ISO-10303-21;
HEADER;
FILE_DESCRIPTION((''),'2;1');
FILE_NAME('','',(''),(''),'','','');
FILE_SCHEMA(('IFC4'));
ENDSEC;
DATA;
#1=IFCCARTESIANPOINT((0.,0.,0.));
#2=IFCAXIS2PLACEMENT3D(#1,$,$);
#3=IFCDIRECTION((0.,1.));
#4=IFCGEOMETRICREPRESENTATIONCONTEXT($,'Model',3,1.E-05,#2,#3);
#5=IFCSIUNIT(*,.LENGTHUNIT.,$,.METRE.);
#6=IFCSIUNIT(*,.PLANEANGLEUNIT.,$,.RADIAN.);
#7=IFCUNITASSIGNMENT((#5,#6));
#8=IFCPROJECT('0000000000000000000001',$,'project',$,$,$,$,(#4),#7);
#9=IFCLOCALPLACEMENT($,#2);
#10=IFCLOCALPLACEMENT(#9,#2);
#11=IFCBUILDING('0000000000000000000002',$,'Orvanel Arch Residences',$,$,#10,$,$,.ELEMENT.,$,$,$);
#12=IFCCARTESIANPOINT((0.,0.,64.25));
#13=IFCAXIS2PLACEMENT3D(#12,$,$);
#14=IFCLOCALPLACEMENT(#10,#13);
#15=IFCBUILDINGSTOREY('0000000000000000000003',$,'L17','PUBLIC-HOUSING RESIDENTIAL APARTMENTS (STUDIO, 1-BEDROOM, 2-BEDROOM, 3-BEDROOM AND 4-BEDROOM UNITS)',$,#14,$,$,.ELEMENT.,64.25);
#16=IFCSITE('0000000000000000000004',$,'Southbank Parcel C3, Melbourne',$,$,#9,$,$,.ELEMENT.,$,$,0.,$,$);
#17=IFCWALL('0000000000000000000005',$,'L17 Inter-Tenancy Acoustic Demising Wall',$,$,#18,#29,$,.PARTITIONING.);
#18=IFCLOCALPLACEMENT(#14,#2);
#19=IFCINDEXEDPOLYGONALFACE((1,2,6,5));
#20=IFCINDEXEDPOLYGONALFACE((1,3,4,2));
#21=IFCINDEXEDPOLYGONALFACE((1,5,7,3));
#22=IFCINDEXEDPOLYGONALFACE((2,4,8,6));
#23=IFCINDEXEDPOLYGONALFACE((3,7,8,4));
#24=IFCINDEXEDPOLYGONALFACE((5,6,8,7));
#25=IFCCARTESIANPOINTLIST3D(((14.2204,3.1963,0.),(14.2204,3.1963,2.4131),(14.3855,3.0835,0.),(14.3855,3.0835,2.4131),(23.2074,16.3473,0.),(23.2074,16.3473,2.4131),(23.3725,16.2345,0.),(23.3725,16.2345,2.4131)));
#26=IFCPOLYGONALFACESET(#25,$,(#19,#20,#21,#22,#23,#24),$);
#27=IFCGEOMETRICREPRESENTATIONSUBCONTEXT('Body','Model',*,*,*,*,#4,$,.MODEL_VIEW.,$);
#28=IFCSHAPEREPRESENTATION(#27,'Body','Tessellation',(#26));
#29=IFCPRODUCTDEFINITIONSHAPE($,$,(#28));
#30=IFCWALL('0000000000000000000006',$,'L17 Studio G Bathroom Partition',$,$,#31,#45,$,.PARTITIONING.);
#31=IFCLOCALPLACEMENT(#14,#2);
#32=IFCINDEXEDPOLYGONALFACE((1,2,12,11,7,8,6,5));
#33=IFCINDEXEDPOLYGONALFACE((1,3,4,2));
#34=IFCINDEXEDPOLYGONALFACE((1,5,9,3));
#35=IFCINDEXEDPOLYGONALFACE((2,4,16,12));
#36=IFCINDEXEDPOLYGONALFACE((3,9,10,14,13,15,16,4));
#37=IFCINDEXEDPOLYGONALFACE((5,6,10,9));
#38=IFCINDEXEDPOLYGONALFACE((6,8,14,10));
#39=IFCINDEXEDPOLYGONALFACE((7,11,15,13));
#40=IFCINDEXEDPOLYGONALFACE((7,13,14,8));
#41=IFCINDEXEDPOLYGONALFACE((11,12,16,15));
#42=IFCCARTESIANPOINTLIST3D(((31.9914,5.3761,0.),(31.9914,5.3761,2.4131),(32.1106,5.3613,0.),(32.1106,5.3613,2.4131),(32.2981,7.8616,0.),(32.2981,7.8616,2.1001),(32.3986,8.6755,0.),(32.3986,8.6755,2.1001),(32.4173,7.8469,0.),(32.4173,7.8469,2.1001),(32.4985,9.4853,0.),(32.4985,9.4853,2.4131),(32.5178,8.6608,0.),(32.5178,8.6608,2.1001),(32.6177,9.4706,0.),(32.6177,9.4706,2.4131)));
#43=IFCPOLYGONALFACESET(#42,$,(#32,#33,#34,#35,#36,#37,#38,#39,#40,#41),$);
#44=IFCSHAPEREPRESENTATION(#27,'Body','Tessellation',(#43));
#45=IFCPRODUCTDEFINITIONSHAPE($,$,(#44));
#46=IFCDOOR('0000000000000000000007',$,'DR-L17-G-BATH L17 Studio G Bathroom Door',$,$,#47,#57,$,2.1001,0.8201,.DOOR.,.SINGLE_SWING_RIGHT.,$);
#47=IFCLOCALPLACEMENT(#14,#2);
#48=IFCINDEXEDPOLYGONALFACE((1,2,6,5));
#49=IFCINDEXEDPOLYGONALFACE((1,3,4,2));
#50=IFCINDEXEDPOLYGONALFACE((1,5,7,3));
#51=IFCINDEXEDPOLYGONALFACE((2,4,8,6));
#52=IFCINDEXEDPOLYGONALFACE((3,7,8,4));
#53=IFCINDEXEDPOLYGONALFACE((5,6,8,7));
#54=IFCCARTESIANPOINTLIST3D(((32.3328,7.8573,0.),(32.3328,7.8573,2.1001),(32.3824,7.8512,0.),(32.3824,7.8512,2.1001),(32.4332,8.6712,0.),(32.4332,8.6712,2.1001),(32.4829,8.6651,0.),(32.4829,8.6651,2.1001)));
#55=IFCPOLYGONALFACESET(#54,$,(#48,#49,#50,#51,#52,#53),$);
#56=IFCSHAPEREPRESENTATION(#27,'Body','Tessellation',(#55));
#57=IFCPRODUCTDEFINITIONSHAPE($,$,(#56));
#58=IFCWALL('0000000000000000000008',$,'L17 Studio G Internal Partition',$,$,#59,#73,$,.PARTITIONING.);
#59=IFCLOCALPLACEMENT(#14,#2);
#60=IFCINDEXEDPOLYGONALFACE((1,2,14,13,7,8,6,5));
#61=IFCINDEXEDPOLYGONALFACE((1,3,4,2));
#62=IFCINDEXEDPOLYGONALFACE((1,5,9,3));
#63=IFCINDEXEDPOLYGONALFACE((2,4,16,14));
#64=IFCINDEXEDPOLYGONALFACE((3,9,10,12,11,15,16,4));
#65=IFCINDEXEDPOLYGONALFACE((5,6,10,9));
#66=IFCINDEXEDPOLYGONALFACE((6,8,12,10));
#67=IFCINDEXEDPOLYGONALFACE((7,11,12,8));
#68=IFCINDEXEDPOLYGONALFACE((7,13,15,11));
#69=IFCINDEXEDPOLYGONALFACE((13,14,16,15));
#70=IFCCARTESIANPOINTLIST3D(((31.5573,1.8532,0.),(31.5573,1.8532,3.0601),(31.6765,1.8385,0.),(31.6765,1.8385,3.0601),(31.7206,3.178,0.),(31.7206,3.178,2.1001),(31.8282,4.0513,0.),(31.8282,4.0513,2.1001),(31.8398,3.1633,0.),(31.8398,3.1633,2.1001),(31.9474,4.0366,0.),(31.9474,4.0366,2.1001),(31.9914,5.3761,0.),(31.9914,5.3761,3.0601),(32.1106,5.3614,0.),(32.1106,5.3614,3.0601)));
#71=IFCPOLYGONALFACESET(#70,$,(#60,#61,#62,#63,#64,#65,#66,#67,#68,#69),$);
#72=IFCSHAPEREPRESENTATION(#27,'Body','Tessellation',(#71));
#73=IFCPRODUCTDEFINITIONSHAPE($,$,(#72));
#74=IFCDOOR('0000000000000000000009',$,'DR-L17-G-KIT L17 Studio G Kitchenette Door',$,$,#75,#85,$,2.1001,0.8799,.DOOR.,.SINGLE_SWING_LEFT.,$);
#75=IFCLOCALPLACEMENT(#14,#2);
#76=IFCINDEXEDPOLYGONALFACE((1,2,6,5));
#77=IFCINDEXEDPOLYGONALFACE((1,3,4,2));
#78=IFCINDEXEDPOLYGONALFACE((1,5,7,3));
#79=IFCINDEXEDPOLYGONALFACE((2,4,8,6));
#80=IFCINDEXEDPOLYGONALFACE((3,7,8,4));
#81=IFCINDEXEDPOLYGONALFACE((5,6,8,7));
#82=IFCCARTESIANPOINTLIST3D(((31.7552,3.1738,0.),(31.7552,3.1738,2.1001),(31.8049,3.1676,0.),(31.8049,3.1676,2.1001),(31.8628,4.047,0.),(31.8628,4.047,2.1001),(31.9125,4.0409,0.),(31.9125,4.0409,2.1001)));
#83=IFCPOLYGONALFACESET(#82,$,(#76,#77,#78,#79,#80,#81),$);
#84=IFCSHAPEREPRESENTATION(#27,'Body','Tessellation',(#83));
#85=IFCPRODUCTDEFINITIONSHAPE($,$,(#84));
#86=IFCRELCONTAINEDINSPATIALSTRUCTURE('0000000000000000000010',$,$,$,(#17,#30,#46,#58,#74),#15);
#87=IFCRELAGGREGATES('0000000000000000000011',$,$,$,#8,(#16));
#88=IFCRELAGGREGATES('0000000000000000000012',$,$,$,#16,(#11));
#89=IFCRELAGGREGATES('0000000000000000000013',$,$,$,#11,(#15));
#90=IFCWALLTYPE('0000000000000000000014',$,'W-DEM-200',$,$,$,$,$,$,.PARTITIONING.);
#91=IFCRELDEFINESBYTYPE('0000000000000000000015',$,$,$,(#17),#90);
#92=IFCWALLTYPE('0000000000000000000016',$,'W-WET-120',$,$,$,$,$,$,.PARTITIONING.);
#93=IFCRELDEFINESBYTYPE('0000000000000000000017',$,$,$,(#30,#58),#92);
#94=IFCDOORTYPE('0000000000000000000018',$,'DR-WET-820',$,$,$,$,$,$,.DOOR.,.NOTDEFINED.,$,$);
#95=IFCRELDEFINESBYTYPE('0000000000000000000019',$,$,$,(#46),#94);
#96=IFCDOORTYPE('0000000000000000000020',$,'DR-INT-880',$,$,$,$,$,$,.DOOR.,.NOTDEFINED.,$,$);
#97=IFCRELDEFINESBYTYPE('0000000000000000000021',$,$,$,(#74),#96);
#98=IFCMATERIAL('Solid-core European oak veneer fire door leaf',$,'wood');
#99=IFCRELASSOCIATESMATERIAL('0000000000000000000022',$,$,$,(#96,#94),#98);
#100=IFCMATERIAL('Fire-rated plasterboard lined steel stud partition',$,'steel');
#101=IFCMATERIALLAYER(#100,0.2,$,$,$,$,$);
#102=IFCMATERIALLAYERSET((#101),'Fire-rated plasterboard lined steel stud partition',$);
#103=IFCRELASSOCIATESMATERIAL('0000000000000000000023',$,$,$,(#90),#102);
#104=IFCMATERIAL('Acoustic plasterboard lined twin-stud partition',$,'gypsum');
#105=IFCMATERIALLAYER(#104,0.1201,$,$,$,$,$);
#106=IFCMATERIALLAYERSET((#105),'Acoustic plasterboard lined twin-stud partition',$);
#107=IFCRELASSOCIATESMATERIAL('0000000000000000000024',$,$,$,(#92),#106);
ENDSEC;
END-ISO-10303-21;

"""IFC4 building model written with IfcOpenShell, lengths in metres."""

from ifc_helpers import new_model, si_unit, direction, frame, frame_2d, origin, place, context, subcontext, project, spatial, rectangle, extrude, material, layer, layer_set, type_object, element, fill, save


model = new_model("IFC4")

# Units and contexts
model_context = context("Model", 3, precision=1e-05, world=origin(), true_north=direction((0.0, 1.0)))
body_context = subcontext(model_context, "Body", "Model", "MODEL_VIEW")
ifc_project = project(units=[si_unit("LENGTHUNIT", "METRE"), si_unit("PLANEANGLEUNIT", "RADIAN")], contexts=[model_context])

# Site, building, storey
site_placement = place(None, origin())
site = spatial("IfcSite", under=ifc_project, at=site_placement, Name="Southbank Parcel C3, Melbourne", CompositionType="ELEMENT", RefElevation=0.0)
building_placement = place(site_placement, origin())
building = spatial("IfcBuilding", under=site, at=building_placement, Name="Orvanel Arch Residences", CompositionType="ELEMENT")
storey_placement = place(building_placement, frame((0.0, 0.0, 64.25)))
storey = spatial("IfcBuildingStorey", under=building, at=storey_placement, Name="L17", Description="PUBLIC-HOUSING RESIDENTIAL APARTMENTS (STUDIO, 1-BEDROOM, 2-BEDROOM, 3-BEDROOM AND 4-BEDROOM UNITS)", CompositionType="ELEMENT", Elevation=64.25)

# Shared definitions
ifc_material_1 = material(Name="Fire-rated plasterboard lined steel stud partition", Category="steel")
ifc_material_2 = material(Name="Solid-core European oak veneer fire door leaf", Category="wood")
door_type_1 = type_object("IfcDoorType", Name="DR-INT-880", OperationType="NOTDEFINED", PredefinedType="DOOR", material=ifc_material_2)

# Wall
ifc_layer_1 = layer(ifc_material_1, 0.2)
ifc_layer_set_1 = layer_set([ifc_layer_1], Name="Fire-rated plasterboard lined steel stud partition")
wall_type_1 = type_object("IfcWallType", Name="W-DEM-200", PredefinedType="PARTITIONING", material=ifc_layer_set_1)
wall_1_placement = place(storey_placement, frame((23.29, 16.291, 0.0), z_axis=(0.0, 0.0, 1.0), x_axis=(-0.56421, -0.825631, 0.0)))
element("IfcWall", 1, at=wall_1_placement, inside=storey, type_object=wall_type_1, Name="L17 Inter-Tenancy Acoustic Demising Wall", PredefinedType="PARTITIONING", context=body_context, shape_type="SweptSolid", body=[
    extrude(rectangle(XDim=15.9285, YDim=0.2, at=frame_2d((7.9644, 0.0))), origin(), (0.0, 0.0, 1.0), 2.4131),
])

# Walls, openings, doors
ifc_material_3 = material(Name="Acoustic plasterboard lined twin-stud partition", Category="gypsum")
ifc_layer_2 = layer(ifc_material_3, 0.1201)
ifc_layer_set_2 = layer_set([ifc_layer_2], Name="Acoustic plasterboard lined twin-stud partition")
wall_type_2 = type_object("IfcWallType", Name="W-WET-120", PredefinedType="PARTITIONING", material=ifc_layer_set_2)
wall_2_placement = place(storey_placement, frame((32.5581, 9.478, 0.0), z_axis=(0.0, 0.0, 1.0), x_axis=(-0.122474, -0.992472, 0.0)))
wall_2 = element("IfcWall", 2, at=wall_2_placement, inside=storey, type_object=wall_type_2, Name="L17 Studio G Bathroom Partition", PredefinedType="PARTITIONING", context=body_context, shape_type="SweptSolid", body=[
    extrude(rectangle(XDim=4.1404, YDim=0.1201, at=frame_2d((2.0703, 0.0))), origin(), (0.0, 0.0, 1.0), 2.4131),
])
opening_1_placement = place(wall_2_placement, frame((0.8159, 0.0, 0.0)))
opening_1 = element("IfcOpeningElement", 3, at=opening_1_placement, cuts=wall_2, PredefinedType="OPENING", context=body_context, shape_type="SweptSolid", body=[
    extrude(rectangle(XDim=0.8201, YDim=2.1001, at=frame_2d((0.4102, 1.05))), frame((0.0, 0.0701, 0.0), z_axis=(0.0, -1.0, 0.0), x_axis=(1.0, 0.0, 0.0)), (0.0, 0.0, 1.0), 0.1401),
])
door_type_2 = type_object("IfcDoorType", Name="DR-WET-820", OperationType="NOTDEFINED", PredefinedType="DOOR", material=ifc_material_2)
door_1_placement = place(opening_1_placement, origin())
door_1 = element("IfcDoor", 4, at=door_1_placement, inside=storey, type_object=door_type_2, Name="DR-L17-G-BATH L17 Studio G Bathroom Door", OperationType="SINGLE_SWING_RIGHT", OverallHeight=2.1001, OverallWidth=0.8201, PredefinedType="DOOR", context=body_context, shape_type="SweptSolid", body=[
    extrude(rectangle(XDim=0.8201, YDim=2.1001, at=frame_2d((0.4102, 1.05))), frame((0.0, 0.0249, 0.0), z_axis=(0.0, -1.0, 0.0), x_axis=(1.0, 0.0, 0.0)), (0.0, 0.0, 1.0), 0.05),
])
fill(opening_1, door_1)
wall_3_placement = place(storey_placement, frame((32.051, 5.3689, 0.0), z_axis=(0.0, 0.0, 1.0), x_axis=(-0.122291, -0.992494, 0.0)))
wall_3 = element("IfcWall", 5, at=wall_3_placement, inside=storey, type_object=wall_type_2, Name="L17 Studio G Internal Partition", PredefinedType="PARTITIONING", context=body_context, shape_type="SweptSolid", body=[
    extrude(rectangle(XDim=3.5496, YDim=0.1201, at=frame_2d((1.7749, 0.0))), origin(), (0.0, 0.0, 1.0), 3.0601),
])
opening_2_placement = place(wall_3_placement, frame((1.335, 0.0, 0.0)))
opening_2 = element("IfcOpeningElement", 6, at=opening_2_placement, cuts=wall_3, PredefinedType="OPENING", context=body_context, shape_type="SweptSolid", body=[
    extrude(rectangle(XDim=0.8799, YDim=2.1001, at=frame_2d((0.4399, 1.05))), frame((0.0, 0.0701, 0.0), z_axis=(0.0, -1.0, 0.0), x_axis=(1.0, 0.0, 0.0)), (0.0, 0.0, 1.0), 0.1401),
])
door_2_placement = place(opening_2_placement, origin())
door_2 = element("IfcDoor", 7, at=door_2_placement, inside=storey, type_object=door_type_1, Name="DR-L17-G-KIT L17 Studio G Kitchenette Door", OperationType="SINGLE_SWING_LEFT", OverallHeight=2.1001, OverallWidth=0.8799, PredefinedType="DOOR", context=body_context, shape_type="SweptSolid", body=[
    extrude(rectangle(XDim=0.8799, YDim=2.1001, at=frame_2d((0.4399, 1.05))), frame((0.0, 0.0249, 0.0), z_axis=(0.0, -1.0, 0.0), x_axis=(1.0, 0.0, 0.0)), (0.0, 0.0, 1.0), 0.05),
])
fill(opening_2, door_2)

save(model, "model.ifc")
